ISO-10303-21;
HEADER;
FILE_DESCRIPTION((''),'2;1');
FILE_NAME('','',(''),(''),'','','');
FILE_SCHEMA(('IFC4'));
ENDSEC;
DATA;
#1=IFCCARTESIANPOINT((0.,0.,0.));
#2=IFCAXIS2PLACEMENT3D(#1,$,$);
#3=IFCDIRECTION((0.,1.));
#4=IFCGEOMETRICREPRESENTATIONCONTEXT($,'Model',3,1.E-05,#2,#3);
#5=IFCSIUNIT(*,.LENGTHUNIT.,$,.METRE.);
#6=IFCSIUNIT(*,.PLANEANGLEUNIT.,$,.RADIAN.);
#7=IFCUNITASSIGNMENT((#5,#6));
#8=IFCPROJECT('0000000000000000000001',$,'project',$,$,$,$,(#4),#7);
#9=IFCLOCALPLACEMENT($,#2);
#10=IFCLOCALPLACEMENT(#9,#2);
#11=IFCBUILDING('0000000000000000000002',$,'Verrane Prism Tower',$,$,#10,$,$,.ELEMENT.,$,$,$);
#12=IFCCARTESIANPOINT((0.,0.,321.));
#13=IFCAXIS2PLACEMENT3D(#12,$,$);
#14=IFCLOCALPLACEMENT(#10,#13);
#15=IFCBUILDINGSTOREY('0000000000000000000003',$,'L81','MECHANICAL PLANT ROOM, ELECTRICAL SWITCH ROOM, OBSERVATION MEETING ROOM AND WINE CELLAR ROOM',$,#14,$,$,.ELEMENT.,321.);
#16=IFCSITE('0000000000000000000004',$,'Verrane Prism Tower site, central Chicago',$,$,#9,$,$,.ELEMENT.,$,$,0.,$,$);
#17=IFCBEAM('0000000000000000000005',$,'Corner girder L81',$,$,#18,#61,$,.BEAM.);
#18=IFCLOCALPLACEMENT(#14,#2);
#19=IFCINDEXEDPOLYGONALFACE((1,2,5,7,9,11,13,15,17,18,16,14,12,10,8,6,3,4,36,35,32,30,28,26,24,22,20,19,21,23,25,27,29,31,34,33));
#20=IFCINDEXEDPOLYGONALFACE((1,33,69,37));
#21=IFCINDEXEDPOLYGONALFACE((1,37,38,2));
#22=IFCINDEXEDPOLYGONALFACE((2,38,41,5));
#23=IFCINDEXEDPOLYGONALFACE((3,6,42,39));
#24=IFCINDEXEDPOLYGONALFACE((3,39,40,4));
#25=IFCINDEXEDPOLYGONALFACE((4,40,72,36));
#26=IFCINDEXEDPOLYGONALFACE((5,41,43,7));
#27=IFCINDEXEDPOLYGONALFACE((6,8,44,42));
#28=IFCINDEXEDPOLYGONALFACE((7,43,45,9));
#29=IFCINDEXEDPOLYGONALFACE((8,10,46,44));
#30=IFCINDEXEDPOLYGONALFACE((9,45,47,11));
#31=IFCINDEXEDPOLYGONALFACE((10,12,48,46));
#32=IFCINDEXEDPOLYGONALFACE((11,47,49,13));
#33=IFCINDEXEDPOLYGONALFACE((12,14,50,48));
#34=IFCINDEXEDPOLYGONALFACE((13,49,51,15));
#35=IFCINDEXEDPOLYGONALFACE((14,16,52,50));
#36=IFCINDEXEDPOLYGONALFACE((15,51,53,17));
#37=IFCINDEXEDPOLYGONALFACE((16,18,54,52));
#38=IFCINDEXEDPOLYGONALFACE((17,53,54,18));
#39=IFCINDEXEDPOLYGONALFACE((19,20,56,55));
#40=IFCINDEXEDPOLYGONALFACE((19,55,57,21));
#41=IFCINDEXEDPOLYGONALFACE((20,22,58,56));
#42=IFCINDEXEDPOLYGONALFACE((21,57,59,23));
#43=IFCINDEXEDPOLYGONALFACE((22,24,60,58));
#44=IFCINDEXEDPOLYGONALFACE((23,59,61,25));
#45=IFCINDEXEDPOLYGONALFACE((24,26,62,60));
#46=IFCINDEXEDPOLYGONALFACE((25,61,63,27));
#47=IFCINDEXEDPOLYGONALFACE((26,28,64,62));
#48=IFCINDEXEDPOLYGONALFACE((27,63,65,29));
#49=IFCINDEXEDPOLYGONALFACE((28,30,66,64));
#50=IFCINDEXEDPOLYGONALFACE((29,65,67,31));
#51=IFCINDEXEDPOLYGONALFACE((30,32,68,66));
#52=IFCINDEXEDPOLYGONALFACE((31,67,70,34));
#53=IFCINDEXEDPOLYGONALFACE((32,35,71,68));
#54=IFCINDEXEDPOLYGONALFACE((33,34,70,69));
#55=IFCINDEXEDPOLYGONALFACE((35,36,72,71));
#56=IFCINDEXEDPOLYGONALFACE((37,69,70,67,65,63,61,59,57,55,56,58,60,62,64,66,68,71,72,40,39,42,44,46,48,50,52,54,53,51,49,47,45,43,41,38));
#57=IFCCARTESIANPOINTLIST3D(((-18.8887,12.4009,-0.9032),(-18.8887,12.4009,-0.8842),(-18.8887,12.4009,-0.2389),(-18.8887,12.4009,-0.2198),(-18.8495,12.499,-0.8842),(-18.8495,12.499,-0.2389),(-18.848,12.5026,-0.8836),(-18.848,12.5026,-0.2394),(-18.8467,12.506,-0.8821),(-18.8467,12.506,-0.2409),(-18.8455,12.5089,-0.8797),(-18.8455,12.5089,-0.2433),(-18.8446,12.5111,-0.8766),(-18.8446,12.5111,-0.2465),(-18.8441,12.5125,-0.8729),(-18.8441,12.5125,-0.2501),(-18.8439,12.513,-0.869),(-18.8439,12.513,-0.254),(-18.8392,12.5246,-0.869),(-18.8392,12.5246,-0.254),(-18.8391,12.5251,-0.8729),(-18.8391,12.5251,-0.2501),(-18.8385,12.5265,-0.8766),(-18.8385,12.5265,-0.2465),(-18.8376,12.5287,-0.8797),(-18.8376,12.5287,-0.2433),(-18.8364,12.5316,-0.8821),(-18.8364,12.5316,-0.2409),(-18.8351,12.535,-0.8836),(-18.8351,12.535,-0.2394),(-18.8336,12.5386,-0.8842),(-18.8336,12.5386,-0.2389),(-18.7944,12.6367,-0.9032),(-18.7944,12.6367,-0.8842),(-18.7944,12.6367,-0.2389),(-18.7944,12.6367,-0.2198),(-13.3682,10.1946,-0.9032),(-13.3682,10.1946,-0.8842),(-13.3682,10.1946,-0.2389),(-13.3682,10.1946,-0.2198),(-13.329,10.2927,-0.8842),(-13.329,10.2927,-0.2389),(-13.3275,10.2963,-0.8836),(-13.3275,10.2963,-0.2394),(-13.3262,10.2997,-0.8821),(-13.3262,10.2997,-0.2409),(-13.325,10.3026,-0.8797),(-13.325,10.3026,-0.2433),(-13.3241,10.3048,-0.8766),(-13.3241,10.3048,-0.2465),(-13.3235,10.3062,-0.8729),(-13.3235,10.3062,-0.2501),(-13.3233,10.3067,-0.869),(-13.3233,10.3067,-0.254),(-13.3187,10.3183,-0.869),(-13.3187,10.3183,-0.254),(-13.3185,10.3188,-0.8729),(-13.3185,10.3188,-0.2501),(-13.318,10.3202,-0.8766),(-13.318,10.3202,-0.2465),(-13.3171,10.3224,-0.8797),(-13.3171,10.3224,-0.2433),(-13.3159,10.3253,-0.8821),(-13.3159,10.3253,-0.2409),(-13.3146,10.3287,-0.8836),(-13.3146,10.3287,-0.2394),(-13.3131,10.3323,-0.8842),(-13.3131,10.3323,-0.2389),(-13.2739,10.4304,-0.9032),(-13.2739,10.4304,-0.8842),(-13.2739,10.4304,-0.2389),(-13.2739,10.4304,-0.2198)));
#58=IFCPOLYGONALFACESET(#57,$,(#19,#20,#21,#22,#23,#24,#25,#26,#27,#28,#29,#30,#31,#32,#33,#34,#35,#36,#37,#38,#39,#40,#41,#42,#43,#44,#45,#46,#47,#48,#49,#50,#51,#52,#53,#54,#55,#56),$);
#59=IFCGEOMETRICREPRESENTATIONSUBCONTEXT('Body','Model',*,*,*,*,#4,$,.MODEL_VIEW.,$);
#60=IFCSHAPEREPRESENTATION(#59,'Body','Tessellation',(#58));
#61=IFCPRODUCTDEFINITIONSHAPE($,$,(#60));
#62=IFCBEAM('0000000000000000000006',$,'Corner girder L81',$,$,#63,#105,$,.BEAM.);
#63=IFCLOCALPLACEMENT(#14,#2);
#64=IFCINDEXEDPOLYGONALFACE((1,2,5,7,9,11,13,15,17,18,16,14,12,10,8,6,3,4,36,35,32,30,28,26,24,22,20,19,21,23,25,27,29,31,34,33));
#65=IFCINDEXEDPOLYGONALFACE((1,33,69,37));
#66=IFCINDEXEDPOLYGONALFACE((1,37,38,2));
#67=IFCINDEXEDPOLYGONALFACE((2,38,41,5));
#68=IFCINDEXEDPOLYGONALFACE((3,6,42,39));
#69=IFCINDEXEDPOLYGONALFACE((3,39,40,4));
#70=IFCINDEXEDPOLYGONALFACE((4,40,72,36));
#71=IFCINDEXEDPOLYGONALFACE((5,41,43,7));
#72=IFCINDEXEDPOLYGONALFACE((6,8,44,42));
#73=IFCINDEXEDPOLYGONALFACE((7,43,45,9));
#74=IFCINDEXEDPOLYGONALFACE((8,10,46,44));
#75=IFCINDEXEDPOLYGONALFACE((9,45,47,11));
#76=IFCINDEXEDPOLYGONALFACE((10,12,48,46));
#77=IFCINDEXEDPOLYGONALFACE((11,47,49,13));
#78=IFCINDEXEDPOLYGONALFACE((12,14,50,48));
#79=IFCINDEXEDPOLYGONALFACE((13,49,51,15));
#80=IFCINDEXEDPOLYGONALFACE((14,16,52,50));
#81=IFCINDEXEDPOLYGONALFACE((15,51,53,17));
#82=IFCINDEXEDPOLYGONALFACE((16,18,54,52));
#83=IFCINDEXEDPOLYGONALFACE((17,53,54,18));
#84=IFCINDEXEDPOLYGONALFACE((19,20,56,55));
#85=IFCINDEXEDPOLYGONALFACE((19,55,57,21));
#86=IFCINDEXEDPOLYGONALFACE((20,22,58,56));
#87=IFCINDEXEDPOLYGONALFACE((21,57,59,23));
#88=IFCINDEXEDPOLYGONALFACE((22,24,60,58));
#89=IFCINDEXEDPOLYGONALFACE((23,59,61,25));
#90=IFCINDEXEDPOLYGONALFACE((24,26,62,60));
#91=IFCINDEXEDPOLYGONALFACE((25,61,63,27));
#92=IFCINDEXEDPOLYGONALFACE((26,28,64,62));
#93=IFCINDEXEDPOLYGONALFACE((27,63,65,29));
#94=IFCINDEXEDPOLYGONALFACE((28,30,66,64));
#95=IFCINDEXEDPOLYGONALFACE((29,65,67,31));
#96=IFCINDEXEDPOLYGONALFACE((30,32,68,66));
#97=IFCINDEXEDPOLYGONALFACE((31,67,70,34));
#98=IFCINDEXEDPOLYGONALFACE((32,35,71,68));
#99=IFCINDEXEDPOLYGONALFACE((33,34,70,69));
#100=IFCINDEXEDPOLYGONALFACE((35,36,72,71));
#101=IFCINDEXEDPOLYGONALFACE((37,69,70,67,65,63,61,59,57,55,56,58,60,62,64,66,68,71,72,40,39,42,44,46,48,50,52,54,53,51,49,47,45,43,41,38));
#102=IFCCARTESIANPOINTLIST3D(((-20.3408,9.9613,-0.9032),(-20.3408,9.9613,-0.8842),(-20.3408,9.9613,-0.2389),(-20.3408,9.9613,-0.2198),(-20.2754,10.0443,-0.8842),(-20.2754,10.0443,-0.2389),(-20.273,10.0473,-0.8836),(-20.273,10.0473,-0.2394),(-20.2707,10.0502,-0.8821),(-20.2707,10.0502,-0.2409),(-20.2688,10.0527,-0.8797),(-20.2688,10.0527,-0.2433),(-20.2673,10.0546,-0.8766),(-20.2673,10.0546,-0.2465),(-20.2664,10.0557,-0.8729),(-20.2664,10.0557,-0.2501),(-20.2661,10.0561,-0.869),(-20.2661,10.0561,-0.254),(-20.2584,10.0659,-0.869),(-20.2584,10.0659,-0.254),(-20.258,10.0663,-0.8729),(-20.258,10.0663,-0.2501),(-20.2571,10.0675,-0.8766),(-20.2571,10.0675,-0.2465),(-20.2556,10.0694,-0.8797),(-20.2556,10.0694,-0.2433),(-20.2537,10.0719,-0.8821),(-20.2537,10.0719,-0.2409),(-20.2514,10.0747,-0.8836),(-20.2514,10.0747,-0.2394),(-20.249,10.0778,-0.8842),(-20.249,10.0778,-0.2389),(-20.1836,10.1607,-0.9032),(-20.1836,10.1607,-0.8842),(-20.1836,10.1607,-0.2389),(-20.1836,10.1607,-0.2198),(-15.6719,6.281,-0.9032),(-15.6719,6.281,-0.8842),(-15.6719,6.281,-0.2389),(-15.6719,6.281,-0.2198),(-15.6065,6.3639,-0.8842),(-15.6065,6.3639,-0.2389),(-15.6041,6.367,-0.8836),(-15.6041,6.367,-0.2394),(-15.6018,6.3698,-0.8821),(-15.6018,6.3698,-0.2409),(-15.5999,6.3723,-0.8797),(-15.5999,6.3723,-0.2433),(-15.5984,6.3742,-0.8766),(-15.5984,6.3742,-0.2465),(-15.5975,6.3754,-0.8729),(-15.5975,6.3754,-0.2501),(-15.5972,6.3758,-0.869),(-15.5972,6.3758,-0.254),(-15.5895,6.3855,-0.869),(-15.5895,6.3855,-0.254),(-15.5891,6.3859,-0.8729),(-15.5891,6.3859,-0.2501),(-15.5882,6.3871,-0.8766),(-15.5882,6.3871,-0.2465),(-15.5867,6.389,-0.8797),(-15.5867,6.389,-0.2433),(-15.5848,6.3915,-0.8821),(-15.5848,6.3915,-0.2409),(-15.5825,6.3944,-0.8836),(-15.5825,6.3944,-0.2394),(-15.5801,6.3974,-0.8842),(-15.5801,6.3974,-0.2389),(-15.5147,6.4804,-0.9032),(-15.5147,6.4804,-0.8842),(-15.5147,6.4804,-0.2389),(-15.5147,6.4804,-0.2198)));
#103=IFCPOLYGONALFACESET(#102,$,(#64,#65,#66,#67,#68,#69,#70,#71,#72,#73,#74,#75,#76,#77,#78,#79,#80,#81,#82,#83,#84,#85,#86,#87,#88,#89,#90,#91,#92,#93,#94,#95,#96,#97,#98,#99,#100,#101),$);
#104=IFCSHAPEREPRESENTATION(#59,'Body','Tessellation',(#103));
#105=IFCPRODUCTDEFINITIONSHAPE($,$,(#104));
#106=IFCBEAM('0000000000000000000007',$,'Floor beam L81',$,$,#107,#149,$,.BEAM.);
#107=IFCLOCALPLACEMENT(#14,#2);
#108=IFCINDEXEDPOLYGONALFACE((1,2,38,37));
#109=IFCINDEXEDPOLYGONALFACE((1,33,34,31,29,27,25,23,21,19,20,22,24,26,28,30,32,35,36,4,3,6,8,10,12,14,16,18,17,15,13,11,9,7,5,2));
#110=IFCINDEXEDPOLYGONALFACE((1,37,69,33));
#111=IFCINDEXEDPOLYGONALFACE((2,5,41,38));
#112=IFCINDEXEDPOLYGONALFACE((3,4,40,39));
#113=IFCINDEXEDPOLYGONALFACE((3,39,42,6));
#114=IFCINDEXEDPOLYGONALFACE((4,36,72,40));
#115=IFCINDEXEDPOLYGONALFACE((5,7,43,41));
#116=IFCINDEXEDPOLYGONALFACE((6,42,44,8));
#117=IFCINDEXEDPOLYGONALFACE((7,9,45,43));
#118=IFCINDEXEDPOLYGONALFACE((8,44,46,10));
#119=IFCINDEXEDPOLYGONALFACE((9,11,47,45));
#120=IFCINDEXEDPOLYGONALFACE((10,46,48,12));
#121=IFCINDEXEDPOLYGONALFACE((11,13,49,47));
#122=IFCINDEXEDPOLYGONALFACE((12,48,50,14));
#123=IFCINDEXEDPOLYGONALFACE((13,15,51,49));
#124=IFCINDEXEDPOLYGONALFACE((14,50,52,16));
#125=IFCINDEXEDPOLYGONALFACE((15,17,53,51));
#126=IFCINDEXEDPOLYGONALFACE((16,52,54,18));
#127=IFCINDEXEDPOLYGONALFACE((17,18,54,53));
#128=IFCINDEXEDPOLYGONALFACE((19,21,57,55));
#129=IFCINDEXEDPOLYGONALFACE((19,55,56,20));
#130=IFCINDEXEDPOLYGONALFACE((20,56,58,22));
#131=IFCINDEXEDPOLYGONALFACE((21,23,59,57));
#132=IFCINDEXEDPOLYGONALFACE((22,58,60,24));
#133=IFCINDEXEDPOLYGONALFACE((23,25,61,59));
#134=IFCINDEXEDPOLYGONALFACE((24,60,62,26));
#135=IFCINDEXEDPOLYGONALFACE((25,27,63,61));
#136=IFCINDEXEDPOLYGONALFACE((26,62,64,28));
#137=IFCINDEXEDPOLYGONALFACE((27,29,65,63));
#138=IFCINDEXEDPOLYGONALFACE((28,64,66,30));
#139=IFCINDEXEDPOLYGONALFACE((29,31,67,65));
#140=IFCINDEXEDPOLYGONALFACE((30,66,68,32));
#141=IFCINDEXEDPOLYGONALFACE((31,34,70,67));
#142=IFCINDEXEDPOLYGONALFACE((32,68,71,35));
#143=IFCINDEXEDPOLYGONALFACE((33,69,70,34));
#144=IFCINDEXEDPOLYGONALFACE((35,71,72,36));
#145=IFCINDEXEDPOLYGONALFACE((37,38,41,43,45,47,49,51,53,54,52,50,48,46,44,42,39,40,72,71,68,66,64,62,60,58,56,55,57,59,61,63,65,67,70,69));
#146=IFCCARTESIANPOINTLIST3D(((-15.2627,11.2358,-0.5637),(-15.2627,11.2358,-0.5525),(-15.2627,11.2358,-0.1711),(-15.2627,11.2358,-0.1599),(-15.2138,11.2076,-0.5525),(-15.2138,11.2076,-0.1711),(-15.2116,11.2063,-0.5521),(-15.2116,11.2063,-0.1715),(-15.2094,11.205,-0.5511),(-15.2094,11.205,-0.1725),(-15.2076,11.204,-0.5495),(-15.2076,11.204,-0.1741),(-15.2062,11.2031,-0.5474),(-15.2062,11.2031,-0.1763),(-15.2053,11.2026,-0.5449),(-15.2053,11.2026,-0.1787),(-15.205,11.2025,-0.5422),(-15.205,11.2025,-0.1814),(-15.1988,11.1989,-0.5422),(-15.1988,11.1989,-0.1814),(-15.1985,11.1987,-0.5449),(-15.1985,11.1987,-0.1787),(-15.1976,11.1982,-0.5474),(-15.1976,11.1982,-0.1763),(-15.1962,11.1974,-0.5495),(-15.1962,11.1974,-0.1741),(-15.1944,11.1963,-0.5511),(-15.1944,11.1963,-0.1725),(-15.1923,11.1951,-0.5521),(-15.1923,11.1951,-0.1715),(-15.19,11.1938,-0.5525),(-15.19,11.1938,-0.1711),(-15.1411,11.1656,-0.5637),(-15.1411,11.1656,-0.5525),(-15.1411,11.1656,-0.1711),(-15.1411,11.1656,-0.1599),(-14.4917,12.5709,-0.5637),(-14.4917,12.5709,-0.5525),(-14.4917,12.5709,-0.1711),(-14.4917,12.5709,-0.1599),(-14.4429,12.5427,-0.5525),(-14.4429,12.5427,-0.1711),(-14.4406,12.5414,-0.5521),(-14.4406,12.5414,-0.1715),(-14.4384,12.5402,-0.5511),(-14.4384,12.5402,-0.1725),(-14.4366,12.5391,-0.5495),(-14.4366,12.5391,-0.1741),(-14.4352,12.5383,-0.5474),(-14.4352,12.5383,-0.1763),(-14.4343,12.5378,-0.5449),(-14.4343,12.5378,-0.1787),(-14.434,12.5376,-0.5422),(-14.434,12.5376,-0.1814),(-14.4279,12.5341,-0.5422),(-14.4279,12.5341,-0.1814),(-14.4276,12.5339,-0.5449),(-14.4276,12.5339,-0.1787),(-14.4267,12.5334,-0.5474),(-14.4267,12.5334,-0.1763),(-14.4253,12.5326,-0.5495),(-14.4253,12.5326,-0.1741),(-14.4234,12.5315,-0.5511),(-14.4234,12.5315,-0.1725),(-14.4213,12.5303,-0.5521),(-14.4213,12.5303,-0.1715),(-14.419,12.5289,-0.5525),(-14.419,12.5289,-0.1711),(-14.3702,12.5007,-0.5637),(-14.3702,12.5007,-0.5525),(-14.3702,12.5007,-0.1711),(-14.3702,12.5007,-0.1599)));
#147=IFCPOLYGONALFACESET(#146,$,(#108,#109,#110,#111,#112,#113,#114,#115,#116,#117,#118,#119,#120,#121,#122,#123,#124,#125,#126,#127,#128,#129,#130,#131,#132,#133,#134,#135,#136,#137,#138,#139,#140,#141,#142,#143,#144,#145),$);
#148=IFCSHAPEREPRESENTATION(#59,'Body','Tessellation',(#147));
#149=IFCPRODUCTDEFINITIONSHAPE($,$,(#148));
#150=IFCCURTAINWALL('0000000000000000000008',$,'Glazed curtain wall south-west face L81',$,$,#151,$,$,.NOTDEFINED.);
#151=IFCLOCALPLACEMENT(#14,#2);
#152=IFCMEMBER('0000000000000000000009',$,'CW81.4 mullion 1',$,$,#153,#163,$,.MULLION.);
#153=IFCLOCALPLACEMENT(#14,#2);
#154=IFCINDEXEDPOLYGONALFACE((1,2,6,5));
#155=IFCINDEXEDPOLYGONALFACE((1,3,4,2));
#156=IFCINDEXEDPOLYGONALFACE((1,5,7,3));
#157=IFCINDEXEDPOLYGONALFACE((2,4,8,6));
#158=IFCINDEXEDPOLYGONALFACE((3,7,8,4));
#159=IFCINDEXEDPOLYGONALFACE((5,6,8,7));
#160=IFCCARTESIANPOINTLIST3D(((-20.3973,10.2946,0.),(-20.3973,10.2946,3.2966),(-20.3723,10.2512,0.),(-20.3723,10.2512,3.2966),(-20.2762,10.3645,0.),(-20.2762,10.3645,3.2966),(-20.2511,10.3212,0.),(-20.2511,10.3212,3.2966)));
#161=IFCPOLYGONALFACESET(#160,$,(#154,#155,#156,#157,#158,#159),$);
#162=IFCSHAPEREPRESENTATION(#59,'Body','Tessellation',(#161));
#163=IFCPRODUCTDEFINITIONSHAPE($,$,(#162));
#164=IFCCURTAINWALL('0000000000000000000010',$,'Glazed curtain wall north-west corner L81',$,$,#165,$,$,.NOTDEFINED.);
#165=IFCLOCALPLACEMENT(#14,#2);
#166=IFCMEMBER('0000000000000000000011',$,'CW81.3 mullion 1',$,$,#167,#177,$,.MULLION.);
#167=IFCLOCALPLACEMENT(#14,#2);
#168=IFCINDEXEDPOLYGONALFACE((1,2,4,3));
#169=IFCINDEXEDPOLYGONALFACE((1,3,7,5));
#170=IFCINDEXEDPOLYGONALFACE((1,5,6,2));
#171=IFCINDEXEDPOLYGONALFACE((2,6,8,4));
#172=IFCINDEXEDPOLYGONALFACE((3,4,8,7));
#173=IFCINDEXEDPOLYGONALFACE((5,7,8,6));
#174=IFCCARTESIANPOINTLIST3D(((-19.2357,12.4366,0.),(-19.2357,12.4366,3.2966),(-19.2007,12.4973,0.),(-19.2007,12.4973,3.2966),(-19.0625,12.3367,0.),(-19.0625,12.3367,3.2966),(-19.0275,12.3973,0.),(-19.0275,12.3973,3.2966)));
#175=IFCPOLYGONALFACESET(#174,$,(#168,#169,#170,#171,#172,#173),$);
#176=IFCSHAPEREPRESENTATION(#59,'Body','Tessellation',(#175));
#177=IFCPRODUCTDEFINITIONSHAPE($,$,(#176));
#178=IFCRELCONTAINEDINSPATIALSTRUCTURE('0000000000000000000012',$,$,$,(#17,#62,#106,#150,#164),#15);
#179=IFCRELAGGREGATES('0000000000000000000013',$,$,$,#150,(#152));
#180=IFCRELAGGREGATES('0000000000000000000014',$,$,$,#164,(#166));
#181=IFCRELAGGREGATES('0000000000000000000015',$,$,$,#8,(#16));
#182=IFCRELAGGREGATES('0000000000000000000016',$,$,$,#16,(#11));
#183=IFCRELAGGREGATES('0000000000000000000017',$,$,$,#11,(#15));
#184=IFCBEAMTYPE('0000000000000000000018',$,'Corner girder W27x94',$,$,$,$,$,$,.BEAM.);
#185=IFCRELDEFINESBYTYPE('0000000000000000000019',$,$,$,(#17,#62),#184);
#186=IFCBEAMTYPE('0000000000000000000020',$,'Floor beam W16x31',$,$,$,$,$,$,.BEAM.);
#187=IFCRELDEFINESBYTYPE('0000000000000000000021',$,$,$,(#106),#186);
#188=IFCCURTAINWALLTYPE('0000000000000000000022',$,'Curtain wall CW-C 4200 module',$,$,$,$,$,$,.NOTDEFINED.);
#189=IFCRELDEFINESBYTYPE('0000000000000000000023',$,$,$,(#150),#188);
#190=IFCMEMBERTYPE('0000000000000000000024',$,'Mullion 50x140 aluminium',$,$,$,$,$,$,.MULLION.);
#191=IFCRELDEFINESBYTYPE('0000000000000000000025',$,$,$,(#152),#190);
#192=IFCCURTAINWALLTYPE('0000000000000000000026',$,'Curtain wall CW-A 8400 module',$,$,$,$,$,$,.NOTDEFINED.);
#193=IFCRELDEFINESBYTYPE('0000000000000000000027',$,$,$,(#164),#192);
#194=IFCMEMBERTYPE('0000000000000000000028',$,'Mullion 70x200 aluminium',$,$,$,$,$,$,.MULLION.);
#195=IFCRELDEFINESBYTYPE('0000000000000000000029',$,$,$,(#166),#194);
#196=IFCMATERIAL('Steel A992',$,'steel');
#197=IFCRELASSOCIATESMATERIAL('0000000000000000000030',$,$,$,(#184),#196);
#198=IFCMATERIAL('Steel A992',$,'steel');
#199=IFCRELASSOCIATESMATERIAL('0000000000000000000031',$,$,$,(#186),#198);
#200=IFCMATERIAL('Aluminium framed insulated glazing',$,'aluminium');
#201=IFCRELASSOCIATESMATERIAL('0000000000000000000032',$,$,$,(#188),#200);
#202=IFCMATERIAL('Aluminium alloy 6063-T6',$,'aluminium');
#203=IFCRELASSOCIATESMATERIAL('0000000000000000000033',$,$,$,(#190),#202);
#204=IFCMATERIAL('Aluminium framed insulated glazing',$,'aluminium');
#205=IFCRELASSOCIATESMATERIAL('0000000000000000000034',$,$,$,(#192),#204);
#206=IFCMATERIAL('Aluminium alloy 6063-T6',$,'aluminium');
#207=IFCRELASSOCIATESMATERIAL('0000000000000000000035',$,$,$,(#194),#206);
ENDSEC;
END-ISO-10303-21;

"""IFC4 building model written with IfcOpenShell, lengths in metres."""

from ifc_helpers import new_model, si_unit, direction, frame, origin, origin_2d, place, context, subcontext, project, spatial, rectangle, i_section, extrude, material, material_profile, profile_set, type_object, element, aggregate, save


model = new_model("IFC4")

# Units and contexts
model_context = context("Model", 3, precision=1e-05, world=origin(), true_north=direction((0.0, 1.0)))
body_context = subcontext(model_context, "Body", "Model", "MODEL_VIEW")
ifc_project = project(units=[si_unit("LENGTHUNIT", "METRE"), si_unit("PLANEANGLEUNIT", "RADIAN")], contexts=[model_context])

# Site, building, storey
site_placement = place(None, origin())
site = spatial("IfcSite", under=ifc_project, at=site_placement, Name="Verrane Prism Tower site, central Chicago", CompositionType="ELEMENT", RefElevation=0.0)
building_placement = place(site_placement, origin())
building = spatial("IfcBuilding", under=site, at=building_placement, Name="Verrane Prism Tower", CompositionType="ELEMENT")
storey_placement = place(building_placement, frame((0.0, 0.0, 321.0)))
storey = spatial("IfcBuildingStorey", under=building, at=storey_placement, Name="L81", Description="MECHANICAL PLANT ROOM, ELECTRICAL SWITCH ROOM, OBSERVATION MEETING ROOM AND WINE CELLAR ROOM", CompositionType="ELEMENT", Elevation=321.0)

# Beams
ifc_material_1 = material(Name="Steel A992", Category="steel")
ifc_material_profile_1 = material_profile(ifc_material_1, i_section(OverallWidth=0.2539, OverallDepth=0.6833, WebThickness=0.0125, FlangeThickness=0.019, FilletRadius=0.0151, at=origin_2d()), Name="W27x94")
ifc_profile_set_1 = profile_set([ifc_material_profile_1], Name="Steel A992")
beam_type_1 = type_object("IfcBeamType", Name="Corner girder W27x94", PredefinedType="BEAM", material=ifc_profile_set_1)
for number, where, z_axis, x_axis, name in (
    (1, (-18.8416, 12.5188, -0.5615), (0.928587, -0.371115, 0.0), (0.371115, 0.928587, 0.0), "Corner girder L81"),
    (2, (-20.2622, 10.061, -0.5615), (0.78534, -0.619065, 0.0), (0.619065, 0.78534, 0.0), "Corner girder L81"),
):
    element("IfcBeam", number, at=place(storey_placement, frame(where, z_axis=z_axis, x_axis=x_axis)), inside=storey, type_object=beam_type_1, Name=name, PredefinedType="BEAM", context=body_context, shape_type="SweptSolid", body=[
        extrude(i_section(OverallWidth=0.2539, OverallDepth=0.6833, WebThickness=0.0125, FlangeThickness=0.019, FilletRadius=0.0151, at=origin_2d()), origin(), (0.0, 0.0, 1.0), 5.9451),
    ])
ifc_material_2 = material(Name="Steel A992", Category="steel")
ifc_material_profile_2 = material_profile(ifc_material_2, i_section(OverallWidth=0.1404, OverallDepth=0.4038, WebThickness=0.0071, FlangeThickness=0.0112, FilletRadius=0.0103, at=origin_2d()), Name="W16x31")
ifc_profile_set_2 = profile_set([ifc_material_profile_2], Name="Steel A992")
beam_type_2 = type_object("IfcBeamType", Name="Floor beam W16x31", PredefinedType="BEAM", material=ifc_profile_set_2)
beam_1_placement = place(storey_placement, frame((-15.2019, 11.2007, -0.3618), z_axis=(0.500056, 0.865993, 0.0), x_axis=(-0.865993, 0.500056, 0.0)))
element("IfcBeam", 3, at=beam_1_placement, inside=storey, type_object=beam_type_2, Name="Floor beam L81", PredefinedType="BEAM", context=body_context, shape_type="SweptSolid", body=[
    extrude(i_section(OverallWidth=0.1404, OverallDepth=0.4038, WebThickness=0.0071, FlangeThickness=0.0112, FilletRadius=0.0103, at=origin_2d()), origin(), (0.0, 0.0, 1.0), 1.5417),
])

# Curtain walls, members
ifc_material_3 = material(Name="Aluminium framed insulated glazing", Category="aluminium")
curtain_wall_type_1 = type_object("IfcCurtainWallType", Name="Curtain wall CW-C 4200 module", PredefinedType="NOTDEFINED", material=ifc_material_3)
curtain_wall_1_placement = place(storey_placement, origin())
curtain_wall_1 = element("IfcCurtainWall", 4, at=curtain_wall_1_placement, inside=storey, type_object=curtain_wall_type_1, Name="Glazed curtain wall south-west face L81", PredefinedType="NOTDEFINED")
ifc_material_4 = material(Name="Aluminium alloy 6063-T6", Category="aluminium")
ifc_material_profile_3 = material_profile(ifc_material_4, rectangle(XDim=0.1399, YDim=0.05, at=origin_2d()), Name="Mullion 50x140 aluminium")
ifc_profile_set_3 = profile_set([ifc_material_profile_3], Name="Aluminium alloy 6063-T6")
member_type_1 = type_object("IfcMemberType", Name="Mullion 50x140 aluminium", PredefinedType="MULLION", material=ifc_profile_set_3)
member_1_placement = place(storey_placement, frame((-20.3242, 10.3079, 0.0), z_axis=(0.0, 0.0, 1.0), x_axis=(0.866025, 0.5, 0.0)))
member_1 = element("IfcMember", 5, at=member_1_placement, type_object=member_type_1, Name="CW81.4 mullion 1", PredefinedType="MULLION", context=body_context, shape_type="SweptSolid", body=[
    extrude(rectangle(XDim=0.1399, YDim=0.05, at=origin_2d()), origin(), (0.0, 0.0, 1.0), 3.2966),
])
ifc_material_5 = material(Name="Aluminium framed insulated glazing", Category="aluminium")
curtain_wall_type_2 = type_object("IfcCurtainWallType", Name="Curtain wall CW-A 8400 module", PredefinedType="NOTDEFINED", material=ifc_material_5)
curtain_wall_2_placement = place(storey_placement, origin())
curtain_wall_2 = element("IfcCurtainWall", 6, at=curtain_wall_2_placement, inside=storey, type_object=curtain_wall_type_2, Name="Glazed curtain wall north-west corner L81", PredefinedType="NOTDEFINED")
ifc_material_6 = material(Name="Aluminium alloy 6063-T6", Category="aluminium")
ifc_material_profile_4 = material_profile(ifc_material_6, rectangle(XDim=0.2, YDim=0.0701, at=origin_2d()), Name="Mullion 70x200 aluminium")
ifc_profile_set_4 = profile_set([ifc_material_profile_4], Name="Aluminium alloy 6063-T6")
member_type_2 = type_object("IfcMemberType", Name="Mullion 70x200 aluminium", PredefinedType="MULLION", material=ifc_profile_set_4)
member_2_placement = place(storey_placement, frame((-19.1316, 12.417, 0.0), z_axis=(0.0, 0.0, 1.0), x_axis=(0.866025, -0.500001, 0.0)))
member_2 = element("IfcMember", 7, at=member_2_placement, type_object=member_type_2, Name="CW81.3 mullion 1", PredefinedType="MULLION", context=body_context, shape_type="SweptSolid", body=[
    extrude(rectangle(XDim=0.2, YDim=0.0701, at=origin_2d()), origin(), (0.0, 0.0, 1.0), 3.2966),
])

aggregate(curtain_wall_1, [member_1])

aggregate(curtain_wall_2, [member_2])

save(model, "model.ifc")
